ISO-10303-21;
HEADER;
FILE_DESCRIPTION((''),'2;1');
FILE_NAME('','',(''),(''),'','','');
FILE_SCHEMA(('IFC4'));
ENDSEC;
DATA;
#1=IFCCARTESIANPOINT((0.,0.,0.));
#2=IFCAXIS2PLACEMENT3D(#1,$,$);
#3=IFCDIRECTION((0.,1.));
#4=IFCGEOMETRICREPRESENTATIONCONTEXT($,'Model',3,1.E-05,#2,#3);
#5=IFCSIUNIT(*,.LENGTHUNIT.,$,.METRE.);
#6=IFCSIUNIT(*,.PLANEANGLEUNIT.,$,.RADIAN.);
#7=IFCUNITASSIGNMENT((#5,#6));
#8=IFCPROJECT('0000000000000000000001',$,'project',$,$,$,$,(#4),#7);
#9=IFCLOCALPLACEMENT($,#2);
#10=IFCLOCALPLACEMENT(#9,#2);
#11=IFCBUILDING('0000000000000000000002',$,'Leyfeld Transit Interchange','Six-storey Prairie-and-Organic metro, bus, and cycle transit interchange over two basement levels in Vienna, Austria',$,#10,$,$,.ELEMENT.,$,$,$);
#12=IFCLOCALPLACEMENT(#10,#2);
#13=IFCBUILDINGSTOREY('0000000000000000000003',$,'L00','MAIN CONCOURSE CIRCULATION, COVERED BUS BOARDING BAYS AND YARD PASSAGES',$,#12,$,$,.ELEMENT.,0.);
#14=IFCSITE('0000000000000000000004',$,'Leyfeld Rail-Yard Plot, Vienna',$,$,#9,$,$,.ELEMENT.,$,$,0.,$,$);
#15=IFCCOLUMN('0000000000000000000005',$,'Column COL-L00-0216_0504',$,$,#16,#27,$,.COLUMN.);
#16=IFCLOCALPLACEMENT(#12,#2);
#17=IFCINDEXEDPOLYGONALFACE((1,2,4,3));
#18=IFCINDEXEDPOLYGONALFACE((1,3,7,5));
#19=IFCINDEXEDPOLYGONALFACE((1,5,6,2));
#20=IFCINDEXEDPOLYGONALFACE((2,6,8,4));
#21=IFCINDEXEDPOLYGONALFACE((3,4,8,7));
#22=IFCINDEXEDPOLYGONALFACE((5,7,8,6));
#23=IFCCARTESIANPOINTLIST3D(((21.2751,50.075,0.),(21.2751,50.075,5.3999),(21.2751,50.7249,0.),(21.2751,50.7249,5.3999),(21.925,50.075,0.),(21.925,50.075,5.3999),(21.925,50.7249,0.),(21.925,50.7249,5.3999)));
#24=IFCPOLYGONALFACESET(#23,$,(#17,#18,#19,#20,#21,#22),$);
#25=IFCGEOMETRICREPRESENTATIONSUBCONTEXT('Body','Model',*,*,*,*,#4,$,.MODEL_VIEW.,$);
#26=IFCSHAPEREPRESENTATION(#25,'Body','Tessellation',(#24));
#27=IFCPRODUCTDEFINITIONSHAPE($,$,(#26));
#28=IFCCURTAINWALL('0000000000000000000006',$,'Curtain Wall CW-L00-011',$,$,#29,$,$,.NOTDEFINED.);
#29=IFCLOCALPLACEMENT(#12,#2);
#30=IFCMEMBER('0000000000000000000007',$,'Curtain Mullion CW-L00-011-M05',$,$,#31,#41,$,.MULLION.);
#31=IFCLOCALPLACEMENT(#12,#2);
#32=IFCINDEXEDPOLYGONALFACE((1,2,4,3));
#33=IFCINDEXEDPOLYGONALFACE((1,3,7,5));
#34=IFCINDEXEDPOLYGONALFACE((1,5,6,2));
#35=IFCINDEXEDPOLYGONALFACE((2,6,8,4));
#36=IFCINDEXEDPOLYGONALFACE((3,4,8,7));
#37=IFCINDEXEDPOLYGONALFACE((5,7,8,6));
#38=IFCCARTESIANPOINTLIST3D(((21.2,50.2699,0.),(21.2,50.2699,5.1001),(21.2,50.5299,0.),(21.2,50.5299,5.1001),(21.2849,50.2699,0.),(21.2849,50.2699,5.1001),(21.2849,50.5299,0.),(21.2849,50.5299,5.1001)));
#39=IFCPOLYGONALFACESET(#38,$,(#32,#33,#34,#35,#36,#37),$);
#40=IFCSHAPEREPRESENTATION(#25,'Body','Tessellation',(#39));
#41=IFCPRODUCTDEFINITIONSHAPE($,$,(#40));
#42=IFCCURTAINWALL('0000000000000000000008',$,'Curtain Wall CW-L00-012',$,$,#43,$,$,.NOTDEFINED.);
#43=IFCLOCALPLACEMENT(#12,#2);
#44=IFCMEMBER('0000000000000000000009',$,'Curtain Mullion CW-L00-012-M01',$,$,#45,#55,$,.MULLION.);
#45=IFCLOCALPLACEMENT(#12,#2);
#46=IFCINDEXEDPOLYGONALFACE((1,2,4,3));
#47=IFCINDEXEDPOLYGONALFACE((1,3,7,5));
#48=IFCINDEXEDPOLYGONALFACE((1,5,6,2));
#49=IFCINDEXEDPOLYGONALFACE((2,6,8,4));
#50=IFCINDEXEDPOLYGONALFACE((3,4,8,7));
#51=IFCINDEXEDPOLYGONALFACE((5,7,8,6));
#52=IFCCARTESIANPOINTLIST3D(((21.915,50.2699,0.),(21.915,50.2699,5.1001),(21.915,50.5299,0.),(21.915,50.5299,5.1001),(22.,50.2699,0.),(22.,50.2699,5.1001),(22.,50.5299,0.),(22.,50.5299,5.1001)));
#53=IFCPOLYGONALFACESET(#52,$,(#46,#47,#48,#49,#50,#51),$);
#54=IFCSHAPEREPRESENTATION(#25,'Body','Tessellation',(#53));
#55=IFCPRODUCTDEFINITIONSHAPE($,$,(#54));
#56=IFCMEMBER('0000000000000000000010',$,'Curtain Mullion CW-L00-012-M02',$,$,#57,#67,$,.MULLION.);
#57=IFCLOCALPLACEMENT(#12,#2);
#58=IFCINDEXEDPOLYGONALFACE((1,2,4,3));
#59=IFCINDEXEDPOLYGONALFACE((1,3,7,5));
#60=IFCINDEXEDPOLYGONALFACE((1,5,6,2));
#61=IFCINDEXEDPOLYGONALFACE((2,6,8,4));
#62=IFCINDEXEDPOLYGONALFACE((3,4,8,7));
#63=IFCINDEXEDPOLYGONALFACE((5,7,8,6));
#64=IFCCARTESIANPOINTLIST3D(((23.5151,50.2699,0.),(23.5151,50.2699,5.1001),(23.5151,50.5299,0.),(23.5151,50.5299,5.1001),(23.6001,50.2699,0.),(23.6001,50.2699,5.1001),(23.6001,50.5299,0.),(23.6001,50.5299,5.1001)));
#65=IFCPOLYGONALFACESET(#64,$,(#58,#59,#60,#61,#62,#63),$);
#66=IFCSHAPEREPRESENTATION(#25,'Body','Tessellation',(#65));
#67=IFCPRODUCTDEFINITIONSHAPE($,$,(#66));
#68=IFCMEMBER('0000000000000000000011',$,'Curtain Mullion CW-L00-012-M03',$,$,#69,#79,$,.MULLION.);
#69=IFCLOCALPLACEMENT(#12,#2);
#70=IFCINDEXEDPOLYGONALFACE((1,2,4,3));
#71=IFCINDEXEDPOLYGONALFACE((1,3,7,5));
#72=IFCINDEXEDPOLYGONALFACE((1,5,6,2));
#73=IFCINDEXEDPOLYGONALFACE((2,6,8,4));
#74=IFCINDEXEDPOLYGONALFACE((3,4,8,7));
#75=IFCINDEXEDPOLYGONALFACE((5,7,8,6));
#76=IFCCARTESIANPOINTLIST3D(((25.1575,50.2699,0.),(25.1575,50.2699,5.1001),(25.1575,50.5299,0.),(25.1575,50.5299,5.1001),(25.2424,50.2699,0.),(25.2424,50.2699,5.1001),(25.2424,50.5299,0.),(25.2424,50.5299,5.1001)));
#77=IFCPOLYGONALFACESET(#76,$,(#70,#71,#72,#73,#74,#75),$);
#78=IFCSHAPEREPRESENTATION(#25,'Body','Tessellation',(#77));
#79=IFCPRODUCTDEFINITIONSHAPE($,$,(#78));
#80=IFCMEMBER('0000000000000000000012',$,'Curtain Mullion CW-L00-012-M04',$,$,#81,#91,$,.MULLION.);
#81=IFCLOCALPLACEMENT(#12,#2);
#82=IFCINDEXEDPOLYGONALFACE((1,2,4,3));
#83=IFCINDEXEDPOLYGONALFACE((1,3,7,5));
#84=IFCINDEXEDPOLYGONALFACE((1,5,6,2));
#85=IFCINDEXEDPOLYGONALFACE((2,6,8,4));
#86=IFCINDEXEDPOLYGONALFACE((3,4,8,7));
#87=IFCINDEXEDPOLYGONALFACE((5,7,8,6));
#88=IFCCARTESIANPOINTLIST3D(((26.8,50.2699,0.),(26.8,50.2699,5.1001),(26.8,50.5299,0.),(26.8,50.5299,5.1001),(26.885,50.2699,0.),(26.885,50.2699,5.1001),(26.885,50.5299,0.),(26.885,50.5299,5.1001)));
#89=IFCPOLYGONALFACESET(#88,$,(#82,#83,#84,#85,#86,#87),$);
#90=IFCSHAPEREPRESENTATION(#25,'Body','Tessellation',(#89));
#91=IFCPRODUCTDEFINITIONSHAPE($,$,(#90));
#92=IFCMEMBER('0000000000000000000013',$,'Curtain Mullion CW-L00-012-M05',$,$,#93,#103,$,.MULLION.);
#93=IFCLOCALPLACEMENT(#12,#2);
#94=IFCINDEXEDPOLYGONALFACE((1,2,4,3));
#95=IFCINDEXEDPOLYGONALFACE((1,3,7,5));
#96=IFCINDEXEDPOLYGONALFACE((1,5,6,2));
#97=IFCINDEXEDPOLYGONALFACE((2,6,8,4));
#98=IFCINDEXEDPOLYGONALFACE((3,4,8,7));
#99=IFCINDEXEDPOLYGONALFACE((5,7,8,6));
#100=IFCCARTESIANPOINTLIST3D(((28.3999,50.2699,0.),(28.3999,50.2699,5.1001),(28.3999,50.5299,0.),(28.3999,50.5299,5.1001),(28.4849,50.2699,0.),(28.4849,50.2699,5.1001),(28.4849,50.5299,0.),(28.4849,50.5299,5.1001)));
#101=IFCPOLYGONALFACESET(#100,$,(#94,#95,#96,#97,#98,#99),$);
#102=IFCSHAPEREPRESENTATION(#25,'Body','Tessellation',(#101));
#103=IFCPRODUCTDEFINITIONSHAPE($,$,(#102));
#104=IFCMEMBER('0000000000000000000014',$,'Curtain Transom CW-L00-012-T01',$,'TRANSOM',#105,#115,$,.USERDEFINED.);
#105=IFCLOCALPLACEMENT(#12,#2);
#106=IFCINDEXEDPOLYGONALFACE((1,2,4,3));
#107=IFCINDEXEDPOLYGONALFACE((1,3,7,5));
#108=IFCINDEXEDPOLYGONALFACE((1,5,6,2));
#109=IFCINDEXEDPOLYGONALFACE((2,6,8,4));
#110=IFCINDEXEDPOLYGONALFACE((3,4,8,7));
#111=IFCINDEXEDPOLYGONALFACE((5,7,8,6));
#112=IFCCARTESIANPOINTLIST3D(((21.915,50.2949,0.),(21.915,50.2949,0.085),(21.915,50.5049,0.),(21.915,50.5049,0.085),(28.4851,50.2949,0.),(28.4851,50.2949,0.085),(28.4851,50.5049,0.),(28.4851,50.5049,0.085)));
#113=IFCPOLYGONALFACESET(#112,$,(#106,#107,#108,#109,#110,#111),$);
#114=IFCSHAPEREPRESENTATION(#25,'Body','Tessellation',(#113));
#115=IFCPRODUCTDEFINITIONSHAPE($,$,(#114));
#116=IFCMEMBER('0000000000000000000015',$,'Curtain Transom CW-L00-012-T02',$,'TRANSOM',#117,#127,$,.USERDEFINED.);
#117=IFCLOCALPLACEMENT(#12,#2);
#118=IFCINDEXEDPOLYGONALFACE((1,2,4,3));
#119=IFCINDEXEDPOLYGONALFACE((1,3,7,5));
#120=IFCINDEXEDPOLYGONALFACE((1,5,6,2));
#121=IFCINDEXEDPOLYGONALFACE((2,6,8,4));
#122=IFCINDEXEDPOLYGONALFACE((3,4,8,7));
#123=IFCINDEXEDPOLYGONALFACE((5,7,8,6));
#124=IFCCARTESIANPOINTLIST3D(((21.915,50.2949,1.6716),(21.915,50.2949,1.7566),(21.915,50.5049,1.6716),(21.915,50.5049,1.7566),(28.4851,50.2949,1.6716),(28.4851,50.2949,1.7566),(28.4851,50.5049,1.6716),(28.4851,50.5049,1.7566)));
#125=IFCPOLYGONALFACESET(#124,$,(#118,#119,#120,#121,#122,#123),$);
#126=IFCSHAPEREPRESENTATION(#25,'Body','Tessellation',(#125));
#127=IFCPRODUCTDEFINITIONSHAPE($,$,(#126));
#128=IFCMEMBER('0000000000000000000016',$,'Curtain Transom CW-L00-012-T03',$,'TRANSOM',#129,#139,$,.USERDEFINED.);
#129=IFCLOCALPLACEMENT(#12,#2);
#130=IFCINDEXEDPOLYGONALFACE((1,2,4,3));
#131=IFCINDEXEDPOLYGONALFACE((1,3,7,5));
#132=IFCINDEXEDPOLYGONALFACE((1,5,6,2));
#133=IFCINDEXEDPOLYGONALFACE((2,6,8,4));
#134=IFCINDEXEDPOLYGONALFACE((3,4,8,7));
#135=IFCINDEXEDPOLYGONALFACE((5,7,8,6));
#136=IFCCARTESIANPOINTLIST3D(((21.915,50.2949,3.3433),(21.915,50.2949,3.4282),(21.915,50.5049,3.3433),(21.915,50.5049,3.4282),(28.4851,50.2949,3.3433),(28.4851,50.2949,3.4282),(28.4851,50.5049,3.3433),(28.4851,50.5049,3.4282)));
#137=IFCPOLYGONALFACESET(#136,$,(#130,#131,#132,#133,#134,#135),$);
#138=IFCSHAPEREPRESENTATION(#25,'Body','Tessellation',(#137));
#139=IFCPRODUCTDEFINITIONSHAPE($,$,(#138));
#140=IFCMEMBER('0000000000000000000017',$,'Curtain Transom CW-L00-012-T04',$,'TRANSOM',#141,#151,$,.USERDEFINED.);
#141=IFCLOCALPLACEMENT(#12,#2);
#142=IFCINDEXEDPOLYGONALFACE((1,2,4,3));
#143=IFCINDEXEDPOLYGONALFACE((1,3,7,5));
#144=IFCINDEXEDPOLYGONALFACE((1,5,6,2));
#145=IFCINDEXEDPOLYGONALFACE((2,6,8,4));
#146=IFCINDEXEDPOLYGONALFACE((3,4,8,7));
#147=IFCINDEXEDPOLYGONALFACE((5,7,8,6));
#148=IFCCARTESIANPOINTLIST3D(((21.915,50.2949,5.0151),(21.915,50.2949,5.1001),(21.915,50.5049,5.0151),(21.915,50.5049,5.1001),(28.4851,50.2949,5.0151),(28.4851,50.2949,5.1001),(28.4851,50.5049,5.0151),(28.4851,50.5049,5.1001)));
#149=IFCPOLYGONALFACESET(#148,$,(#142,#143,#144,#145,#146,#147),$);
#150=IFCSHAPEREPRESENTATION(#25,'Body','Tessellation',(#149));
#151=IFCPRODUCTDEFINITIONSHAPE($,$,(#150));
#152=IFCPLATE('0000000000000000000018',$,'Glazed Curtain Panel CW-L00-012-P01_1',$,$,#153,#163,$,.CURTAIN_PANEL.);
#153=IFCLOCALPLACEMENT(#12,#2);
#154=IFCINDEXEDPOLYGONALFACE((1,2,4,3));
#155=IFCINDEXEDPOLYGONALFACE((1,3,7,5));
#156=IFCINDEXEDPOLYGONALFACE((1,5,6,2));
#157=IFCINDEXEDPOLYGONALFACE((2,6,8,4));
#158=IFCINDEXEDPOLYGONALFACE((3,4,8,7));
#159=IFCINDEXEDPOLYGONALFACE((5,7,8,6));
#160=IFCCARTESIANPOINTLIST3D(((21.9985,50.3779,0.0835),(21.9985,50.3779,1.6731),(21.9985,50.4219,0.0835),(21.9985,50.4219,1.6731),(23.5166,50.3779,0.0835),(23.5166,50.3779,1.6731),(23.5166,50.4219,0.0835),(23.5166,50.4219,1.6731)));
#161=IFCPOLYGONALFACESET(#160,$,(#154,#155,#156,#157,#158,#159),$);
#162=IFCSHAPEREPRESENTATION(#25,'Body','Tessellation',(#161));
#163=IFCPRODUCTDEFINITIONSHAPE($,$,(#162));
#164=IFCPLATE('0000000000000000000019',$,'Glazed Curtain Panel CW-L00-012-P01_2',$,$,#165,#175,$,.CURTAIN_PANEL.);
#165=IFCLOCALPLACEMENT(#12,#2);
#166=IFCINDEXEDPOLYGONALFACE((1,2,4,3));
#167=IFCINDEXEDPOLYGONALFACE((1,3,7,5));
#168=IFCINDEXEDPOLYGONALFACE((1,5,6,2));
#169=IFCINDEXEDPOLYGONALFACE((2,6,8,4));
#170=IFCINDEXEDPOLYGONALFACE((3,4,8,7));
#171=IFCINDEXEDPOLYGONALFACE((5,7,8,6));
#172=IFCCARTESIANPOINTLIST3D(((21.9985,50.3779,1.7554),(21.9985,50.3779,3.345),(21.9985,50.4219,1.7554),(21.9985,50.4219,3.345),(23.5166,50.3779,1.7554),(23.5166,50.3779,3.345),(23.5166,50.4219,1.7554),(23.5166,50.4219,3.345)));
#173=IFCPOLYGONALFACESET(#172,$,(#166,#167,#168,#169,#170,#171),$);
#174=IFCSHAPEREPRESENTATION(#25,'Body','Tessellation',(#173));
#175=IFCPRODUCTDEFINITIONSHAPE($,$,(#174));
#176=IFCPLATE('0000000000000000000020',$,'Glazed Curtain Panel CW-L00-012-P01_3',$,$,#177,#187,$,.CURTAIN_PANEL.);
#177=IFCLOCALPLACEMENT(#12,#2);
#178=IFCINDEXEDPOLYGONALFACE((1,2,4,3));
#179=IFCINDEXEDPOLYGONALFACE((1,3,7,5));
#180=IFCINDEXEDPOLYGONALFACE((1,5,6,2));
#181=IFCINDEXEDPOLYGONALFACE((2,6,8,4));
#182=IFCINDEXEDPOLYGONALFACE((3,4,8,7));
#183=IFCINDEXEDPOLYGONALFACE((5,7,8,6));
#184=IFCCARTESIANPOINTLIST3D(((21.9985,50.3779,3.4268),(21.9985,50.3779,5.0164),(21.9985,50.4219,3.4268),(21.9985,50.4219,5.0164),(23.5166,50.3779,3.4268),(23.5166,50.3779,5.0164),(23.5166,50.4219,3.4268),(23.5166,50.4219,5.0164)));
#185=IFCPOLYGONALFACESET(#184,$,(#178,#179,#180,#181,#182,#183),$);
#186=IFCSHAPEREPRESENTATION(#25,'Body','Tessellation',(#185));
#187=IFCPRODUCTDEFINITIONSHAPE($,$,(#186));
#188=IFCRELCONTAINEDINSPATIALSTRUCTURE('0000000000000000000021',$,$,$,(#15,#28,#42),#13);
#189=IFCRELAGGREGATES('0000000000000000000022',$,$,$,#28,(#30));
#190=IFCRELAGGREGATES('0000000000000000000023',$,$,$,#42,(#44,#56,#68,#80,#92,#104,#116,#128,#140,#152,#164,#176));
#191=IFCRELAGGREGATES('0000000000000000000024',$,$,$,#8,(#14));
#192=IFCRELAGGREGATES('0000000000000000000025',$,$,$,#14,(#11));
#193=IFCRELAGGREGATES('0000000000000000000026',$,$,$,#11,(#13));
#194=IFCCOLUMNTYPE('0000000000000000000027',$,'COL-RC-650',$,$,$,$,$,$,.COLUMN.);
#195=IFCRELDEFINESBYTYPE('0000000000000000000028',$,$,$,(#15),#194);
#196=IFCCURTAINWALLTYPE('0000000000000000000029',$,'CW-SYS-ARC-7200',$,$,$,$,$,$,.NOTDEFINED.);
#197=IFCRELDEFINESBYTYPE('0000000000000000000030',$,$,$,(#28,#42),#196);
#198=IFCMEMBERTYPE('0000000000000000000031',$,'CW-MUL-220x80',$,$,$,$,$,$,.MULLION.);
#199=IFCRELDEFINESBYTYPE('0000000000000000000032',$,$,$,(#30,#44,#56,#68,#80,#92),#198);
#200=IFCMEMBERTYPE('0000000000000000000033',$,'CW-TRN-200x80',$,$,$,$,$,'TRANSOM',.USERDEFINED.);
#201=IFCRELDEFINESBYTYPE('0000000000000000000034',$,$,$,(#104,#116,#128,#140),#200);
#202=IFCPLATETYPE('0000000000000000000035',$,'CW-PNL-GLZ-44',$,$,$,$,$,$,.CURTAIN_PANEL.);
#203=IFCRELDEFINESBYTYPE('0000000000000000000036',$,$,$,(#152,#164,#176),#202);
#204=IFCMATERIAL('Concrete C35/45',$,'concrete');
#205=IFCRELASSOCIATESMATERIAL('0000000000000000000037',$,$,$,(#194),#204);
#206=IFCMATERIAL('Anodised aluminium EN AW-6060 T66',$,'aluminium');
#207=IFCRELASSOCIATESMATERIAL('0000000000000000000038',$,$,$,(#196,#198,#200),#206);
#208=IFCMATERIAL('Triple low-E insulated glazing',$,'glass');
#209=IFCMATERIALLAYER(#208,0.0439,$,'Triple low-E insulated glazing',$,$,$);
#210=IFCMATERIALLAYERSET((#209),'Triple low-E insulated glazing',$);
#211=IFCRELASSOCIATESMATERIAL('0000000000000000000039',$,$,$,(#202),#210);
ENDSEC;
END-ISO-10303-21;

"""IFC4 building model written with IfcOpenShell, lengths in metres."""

from ifc_helpers import new_model, si_unit, direction, frame, origin, origin_2d, place, context, subcontext, project, spatial, rectangle, extrude, material, layer, layer_set, material_profile, profile_set, type_object, element, aggregate, save


model = new_model("IFC4")

# Units and contexts
model_context = context("Model", 3, precision=1e-05, world=origin(), true_north=direction((0.0, 1.0)))
body_context = subcontext(model_context, "Body", "Model", "MODEL_VIEW")
ifc_project = project(units=[si_unit("LENGTHUNIT", "METRE"), si_unit("PLANEANGLEUNIT", "RADIAN")], contexts=[model_context])

# Site, building, storey
site_placement = place(None, origin())
site = spatial("IfcSite", under=ifc_project, at=site_placement, Name="Leyfeld Rail-Yard Plot, Vienna", CompositionType="ELEMENT", RefElevation=0.0)
building_placement = place(site_placement, origin())
building = spatial("IfcBuilding", under=site, at=building_placement, Name="Leyfeld Transit Interchange", Description="Six-storey Prairie-and-Organic metro, bus, and cycle transit interchange over two basement levels in Vienna, Austria", CompositionType="ELEMENT")
storey_placement = place(building_placement, origin())
storey = spatial("IfcBuildingStorey", under=building, at=storey_placement, Name="L00", Description="MAIN CONCOURSE CIRCULATION, COVERED BUS BOARDING BAYS AND YARD PASSAGES", CompositionType="ELEMENT", Elevation=0.0)

# Column
ifc_material_1 = material(Name="Concrete C35/45", Category="concrete")
ifc_material_profile_1 = material_profile(ifc_material_1, rectangle(XDim=0.6499, YDim=0.6499, at=origin_2d()), Name="RC 650x650")
ifc_profile_set_1 = profile_set([ifc_material_profile_1], Name="Concrete C35/45")
column_type = type_object("IfcColumnType", Name="COL-RC-650", PredefinedType="COLUMN", material=ifc_profile_set_1)
column_placement = place(storey_placement, frame((21.6001, 50.3999, 0.0), z_axis=(0.0, 0.0, 1.0), x_axis=(1.0, 0.0, 0.0)))
element("IfcColumn", 1, at=column_placement, inside=storey, type_object=column_type, Name="Column COL-L00-0216_0504", PredefinedType="COLUMN", context=body_context, shape_type="SweptSolid", body=[
    extrude(rectangle(XDim=0.6499, YDim=0.6499, at=origin_2d()), origin(), (0.0, 0.0, 1.0), 5.3999),
])

# Curtain wall, member
ifc_material_2 = material(Name="Anodised aluminium EN AW-6060 T66", Category="aluminium")
curtain_wall_type = type_object("IfcCurtainWallType", Name="CW-SYS-ARC-7200", PredefinedType="NOTDEFINED", material=ifc_material_2)
curtain_wall_1_placement = place(storey_placement, origin())
curtain_wall_1 = element("IfcCurtainWall", 2, at=curtain_wall_1_placement, inside=storey, type_object=curtain_wall_type, Name="Curtain Wall CW-L00-011", PredefinedType="NOTDEFINED")
ifc_material_profile_2 = material_profile(ifc_material_2, rectangle(XDim=0.085, YDim=0.26, at=origin_2d()), Name="CW-M 85x260")
ifc_profile_set_2 = profile_set([ifc_material_profile_2], Name="Anodised aluminium EN AW-6060 T66")
member_type_1 = type_object("IfcMemberType", Name="CW-MUL-220x80", PredefinedType="MULLION", material=ifc_profile_set_2)
member_1_placement = place(storey_placement, frame((21.2424, 50.3999, 0.0), z_axis=(0.0, 0.0, 1.0), x_axis=(1.0, 0.0, 0.0)))
member_1 = element("IfcMember", 3, at=member_1_placement, type_object=member_type_1, Name="Curtain Mullion CW-L00-011-M05", PredefinedType="MULLION", context=body_context, shape_type="SweptSolid", body=[
    extrude(rectangle(XDim=0.085, YDim=0.26, at=origin_2d()), origin(), (0.0, 0.0, 1.0), 5.1001),
])
aggregate(curtain_wall_1, [member_1])

# Curtain wall, members, plates
curtain_wall_2_placement = place(storey_placement, origin())
curtain_wall_2 = element("IfcCurtainWall", 4, at=curtain_wall_2_placement, inside=storey, type_object=curtain_wall_type, Name="Curtain Wall CW-L00-012", PredefinedType="NOTDEFINED")
member_2_placement = place(storey_placement, frame((21.9575, 50.3999, 0.0), z_axis=(0.0, 0.0, 1.0), x_axis=(1.0, 0.0, 0.0)))
member_2 = element("IfcMember", 5, at=member_2_placement, type_object=member_type_1, Name="Curtain Mullion CW-L00-012-M01", PredefinedType="MULLION", context=body_context, shape_type="SweptSolid", body=[
    extrude(rectangle(XDim=0.085, YDim=0.26, at=origin_2d()), origin(), (0.0, 0.0, 1.0), 5.1001),
])
member_3_placement = place(storey_placement, frame((23.5576, 50.3999, 0.0), z_axis=(0.0, 0.0, 1.0), x_axis=(1.0, 0.0, 0.0)))
member_3 = element("IfcMember", 6, at=member_3_placement, type_object=member_type_1, Name="Curtain Mullion CW-L00-012-M02", PredefinedType="MULLION", context=body_context, shape_type="SweptSolid", body=[
    extrude(rectangle(XDim=0.085, YDim=0.26, at=origin_2d()), origin(), (0.0, 0.0, 1.0), 5.1001),
])
member_4_placement = place(storey_placement, frame((25.2, 50.3999, 0.0), z_axis=(0.0, 0.0, 1.0), x_axis=(1.0, 0.0, 0.0)))
member_4 = element("IfcMember", 7, at=member_4_placement, type_object=member_type_1, Name="Curtain Mullion CW-L00-012-M03", PredefinedType="MULLION", context=body_context, shape_type="SweptSolid", body=[
    extrude(rectangle(XDim=0.085, YDim=0.26, at=origin_2d()), origin(), (0.0, 0.0, 1.0), 5.1001),
])
member_5_placement = place(storey_placement, frame((26.8425, 50.3999, 0.0), z_axis=(0.0, 0.0, 1.0), x_axis=(1.0, 0.0, 0.0)))
member_5 = element("IfcMember", 8, at=member_5_placement, type_object=member_type_1, Name="Curtain Mullion CW-L00-012-M04", PredefinedType="MULLION", context=body_context, shape_type="SweptSolid", body=[
    extrude(rectangle(XDim=0.085, YDim=0.26, at=origin_2d()), origin(), (0.0, 0.0, 1.0), 5.1001),
])
member_6_placement = place(storey_placement, frame((28.4424, 50.3999, 0.0), z_axis=(0.0, 0.0, 1.0), x_axis=(1.0, 0.0, 0.0)))
member_6 = element("IfcMember", 9, at=member_6_placement, type_object=member_type_1, Name="Curtain Mullion CW-L00-012-M05", PredefinedType="MULLION", context=body_context, shape_type="SweptSolid", body=[
    extrude(rectangle(XDim=0.085, YDim=0.26, at=origin_2d()), origin(), (0.0, 0.0, 1.0), 5.1001),
])
ifc_material_profile_3 = material_profile(ifc_material_2, rectangle(XDim=0.21, YDim=0.085, at=origin_2d()), Name="CW-TRN-200x80")
ifc_profile_set_3 = profile_set([ifc_material_profile_3], Name="Anodised aluminium EN AW-6060 T66")
member_type_2 = type_object("IfcMemberType", Name="CW-TRN-200x80", ElementType="TRANSOM", PredefinedType="USERDEFINED", material=ifc_profile_set_3)
member_7_placement = place(storey_placement, frame((21.915, 50.3999, 0.0425), z_axis=(1.0, 0.0, 0.0), x_axis=(0.0, 1.0, 0.0)))
member_7 = element("IfcMember", 10, at=member_7_placement, type_object=member_type_2, Name="Curtain Transom CW-L00-012-T01", ObjectType="TRANSOM", PredefinedType="USERDEFINED", context=body_context, shape_type="SweptSolid", body=[
    extrude(rectangle(XDim=0.21, YDim=0.085, at=origin_2d()), origin(), (0.0, 0.0, 1.0), 6.5701),
])
member_8_placement = place(storey_placement, frame((21.915, 50.3999, 1.7141), z_axis=(1.0, 0.0, 0.0), x_axis=(0.0, 1.0, 0.0)))
member_8 = element("IfcMember", 11, at=member_8_placement, type_object=member_type_2, Name="Curtain Transom CW-L00-012-T02", ObjectType="TRANSOM", PredefinedType="USERDEFINED", context=body_context, shape_type="SweptSolid", body=[
    extrude(rectangle(XDim=0.21, YDim=0.085, at=origin_2d()), origin(), (0.0, 0.0, 1.0), 6.5701),
])
member_9_placement = place(storey_placement, frame((21.915, 50.3999, 3.3857), z_axis=(1.0, 0.0, 0.0), x_axis=(0.0, 1.0, 0.0)))
member_9 = element("IfcMember", 12, at=member_9_placement, type_object=member_type_2, Name="Curtain Transom CW-L00-012-T03", ObjectType="TRANSOM", PredefinedType="USERDEFINED", context=body_context, shape_type="SweptSolid", body=[
    extrude(rectangle(XDim=0.21, YDim=0.085, at=origin_2d()), origin(), (0.0, 0.0, 1.0), 6.5701),
])
member_10_placement = place(storey_placement, frame((21.915, 50.3999, 5.0576), z_axis=(1.0, 0.0, 0.0), x_axis=(0.0, 1.0, 0.0)))
member_10 = element("IfcMember", 13, at=member_10_placement, type_object=member_type_2, Name="Curtain Transom CW-L00-012-T04", ObjectType="TRANSOM", PredefinedType="USERDEFINED", context=body_context, shape_type="SweptSolid", body=[
    extrude(rectangle(XDim=0.21, YDim=0.085, at=origin_2d()), origin(), (0.0, 0.0, 1.0), 6.5701),
])
ifc_material_3 = material(Name="Triple low-E insulated glazing", Category="glass")
ifc_layer = layer(ifc_material_3, 0.0439, Name="Triple low-E insulated glazing")
ifc_layer_set = layer_set([ifc_layer], Name="Triple low-E insulated glazing")
plate_type = type_object("IfcPlateType", Name="CW-PNL-GLZ-44", PredefinedType="CURTAIN_PANEL", material=ifc_layer_set)
plate_1_placement = place(storey_placement, frame((22.7576, 50.3999, 0.0835), z_axis=(0.0, 0.0, 1.0), x_axis=(1.0, 0.0, 0.0)))
plate_1 = element("IfcPlate", 14, at=plate_1_placement, type_object=plate_type, Name="Glazed Curtain Panel CW-L00-012-P01_1", PredefinedType="CURTAIN_PANEL", context=body_context, shape_type="SweptSolid", body=[
    extrude(rectangle(XDim=1.5181, YDim=0.0439, at=origin_2d()), origin(), (0.0, 0.0, 1.0), 1.5896),
])
plate_2_placement = place(storey_placement, frame((22.7576, 50.3999, 1.7554), z_axis=(0.0, 0.0, 1.0), x_axis=(1.0, 0.0, 0.0)))
plate_2 = element("IfcPlate", 15, at=plate_2_placement, type_object=plate_type, Name="Glazed Curtain Panel CW-L00-012-P01_2", PredefinedType="CURTAIN_PANEL", context=body_context, shape_type="SweptSolid", body=[
    extrude(rectangle(XDim=1.5181, YDim=0.0439, at=origin_2d()), origin(), (0.0, 0.0, 1.0), 1.5896),
])
plate_3_placement = place(storey_placement, frame((22.7576, 50.3999, 3.4268), z_axis=(0.0, 0.0, 1.0), x_axis=(1.0, 0.0, 0.0)))
plate_3 = element("IfcPlate", 16, at=plate_3_placement, type_object=plate_type, Name="Glazed Curtain Panel CW-L00-012-P01_3", PredefinedType="CURTAIN_PANEL", context=body_context, shape_type="SweptSolid", body=[
    extrude(rectangle(XDim=1.5181, YDim=0.0439, at=origin_2d()), origin(), (0.0, 0.0, 1.0), 1.5896),
])
aggregate(curtain_wall_2, [member_2, member_3, member_4, member_5, member_6, member_7, member_8, member_9, member_10, plate_1, plate_2, plate_3])

save(model, "model.ifc")
